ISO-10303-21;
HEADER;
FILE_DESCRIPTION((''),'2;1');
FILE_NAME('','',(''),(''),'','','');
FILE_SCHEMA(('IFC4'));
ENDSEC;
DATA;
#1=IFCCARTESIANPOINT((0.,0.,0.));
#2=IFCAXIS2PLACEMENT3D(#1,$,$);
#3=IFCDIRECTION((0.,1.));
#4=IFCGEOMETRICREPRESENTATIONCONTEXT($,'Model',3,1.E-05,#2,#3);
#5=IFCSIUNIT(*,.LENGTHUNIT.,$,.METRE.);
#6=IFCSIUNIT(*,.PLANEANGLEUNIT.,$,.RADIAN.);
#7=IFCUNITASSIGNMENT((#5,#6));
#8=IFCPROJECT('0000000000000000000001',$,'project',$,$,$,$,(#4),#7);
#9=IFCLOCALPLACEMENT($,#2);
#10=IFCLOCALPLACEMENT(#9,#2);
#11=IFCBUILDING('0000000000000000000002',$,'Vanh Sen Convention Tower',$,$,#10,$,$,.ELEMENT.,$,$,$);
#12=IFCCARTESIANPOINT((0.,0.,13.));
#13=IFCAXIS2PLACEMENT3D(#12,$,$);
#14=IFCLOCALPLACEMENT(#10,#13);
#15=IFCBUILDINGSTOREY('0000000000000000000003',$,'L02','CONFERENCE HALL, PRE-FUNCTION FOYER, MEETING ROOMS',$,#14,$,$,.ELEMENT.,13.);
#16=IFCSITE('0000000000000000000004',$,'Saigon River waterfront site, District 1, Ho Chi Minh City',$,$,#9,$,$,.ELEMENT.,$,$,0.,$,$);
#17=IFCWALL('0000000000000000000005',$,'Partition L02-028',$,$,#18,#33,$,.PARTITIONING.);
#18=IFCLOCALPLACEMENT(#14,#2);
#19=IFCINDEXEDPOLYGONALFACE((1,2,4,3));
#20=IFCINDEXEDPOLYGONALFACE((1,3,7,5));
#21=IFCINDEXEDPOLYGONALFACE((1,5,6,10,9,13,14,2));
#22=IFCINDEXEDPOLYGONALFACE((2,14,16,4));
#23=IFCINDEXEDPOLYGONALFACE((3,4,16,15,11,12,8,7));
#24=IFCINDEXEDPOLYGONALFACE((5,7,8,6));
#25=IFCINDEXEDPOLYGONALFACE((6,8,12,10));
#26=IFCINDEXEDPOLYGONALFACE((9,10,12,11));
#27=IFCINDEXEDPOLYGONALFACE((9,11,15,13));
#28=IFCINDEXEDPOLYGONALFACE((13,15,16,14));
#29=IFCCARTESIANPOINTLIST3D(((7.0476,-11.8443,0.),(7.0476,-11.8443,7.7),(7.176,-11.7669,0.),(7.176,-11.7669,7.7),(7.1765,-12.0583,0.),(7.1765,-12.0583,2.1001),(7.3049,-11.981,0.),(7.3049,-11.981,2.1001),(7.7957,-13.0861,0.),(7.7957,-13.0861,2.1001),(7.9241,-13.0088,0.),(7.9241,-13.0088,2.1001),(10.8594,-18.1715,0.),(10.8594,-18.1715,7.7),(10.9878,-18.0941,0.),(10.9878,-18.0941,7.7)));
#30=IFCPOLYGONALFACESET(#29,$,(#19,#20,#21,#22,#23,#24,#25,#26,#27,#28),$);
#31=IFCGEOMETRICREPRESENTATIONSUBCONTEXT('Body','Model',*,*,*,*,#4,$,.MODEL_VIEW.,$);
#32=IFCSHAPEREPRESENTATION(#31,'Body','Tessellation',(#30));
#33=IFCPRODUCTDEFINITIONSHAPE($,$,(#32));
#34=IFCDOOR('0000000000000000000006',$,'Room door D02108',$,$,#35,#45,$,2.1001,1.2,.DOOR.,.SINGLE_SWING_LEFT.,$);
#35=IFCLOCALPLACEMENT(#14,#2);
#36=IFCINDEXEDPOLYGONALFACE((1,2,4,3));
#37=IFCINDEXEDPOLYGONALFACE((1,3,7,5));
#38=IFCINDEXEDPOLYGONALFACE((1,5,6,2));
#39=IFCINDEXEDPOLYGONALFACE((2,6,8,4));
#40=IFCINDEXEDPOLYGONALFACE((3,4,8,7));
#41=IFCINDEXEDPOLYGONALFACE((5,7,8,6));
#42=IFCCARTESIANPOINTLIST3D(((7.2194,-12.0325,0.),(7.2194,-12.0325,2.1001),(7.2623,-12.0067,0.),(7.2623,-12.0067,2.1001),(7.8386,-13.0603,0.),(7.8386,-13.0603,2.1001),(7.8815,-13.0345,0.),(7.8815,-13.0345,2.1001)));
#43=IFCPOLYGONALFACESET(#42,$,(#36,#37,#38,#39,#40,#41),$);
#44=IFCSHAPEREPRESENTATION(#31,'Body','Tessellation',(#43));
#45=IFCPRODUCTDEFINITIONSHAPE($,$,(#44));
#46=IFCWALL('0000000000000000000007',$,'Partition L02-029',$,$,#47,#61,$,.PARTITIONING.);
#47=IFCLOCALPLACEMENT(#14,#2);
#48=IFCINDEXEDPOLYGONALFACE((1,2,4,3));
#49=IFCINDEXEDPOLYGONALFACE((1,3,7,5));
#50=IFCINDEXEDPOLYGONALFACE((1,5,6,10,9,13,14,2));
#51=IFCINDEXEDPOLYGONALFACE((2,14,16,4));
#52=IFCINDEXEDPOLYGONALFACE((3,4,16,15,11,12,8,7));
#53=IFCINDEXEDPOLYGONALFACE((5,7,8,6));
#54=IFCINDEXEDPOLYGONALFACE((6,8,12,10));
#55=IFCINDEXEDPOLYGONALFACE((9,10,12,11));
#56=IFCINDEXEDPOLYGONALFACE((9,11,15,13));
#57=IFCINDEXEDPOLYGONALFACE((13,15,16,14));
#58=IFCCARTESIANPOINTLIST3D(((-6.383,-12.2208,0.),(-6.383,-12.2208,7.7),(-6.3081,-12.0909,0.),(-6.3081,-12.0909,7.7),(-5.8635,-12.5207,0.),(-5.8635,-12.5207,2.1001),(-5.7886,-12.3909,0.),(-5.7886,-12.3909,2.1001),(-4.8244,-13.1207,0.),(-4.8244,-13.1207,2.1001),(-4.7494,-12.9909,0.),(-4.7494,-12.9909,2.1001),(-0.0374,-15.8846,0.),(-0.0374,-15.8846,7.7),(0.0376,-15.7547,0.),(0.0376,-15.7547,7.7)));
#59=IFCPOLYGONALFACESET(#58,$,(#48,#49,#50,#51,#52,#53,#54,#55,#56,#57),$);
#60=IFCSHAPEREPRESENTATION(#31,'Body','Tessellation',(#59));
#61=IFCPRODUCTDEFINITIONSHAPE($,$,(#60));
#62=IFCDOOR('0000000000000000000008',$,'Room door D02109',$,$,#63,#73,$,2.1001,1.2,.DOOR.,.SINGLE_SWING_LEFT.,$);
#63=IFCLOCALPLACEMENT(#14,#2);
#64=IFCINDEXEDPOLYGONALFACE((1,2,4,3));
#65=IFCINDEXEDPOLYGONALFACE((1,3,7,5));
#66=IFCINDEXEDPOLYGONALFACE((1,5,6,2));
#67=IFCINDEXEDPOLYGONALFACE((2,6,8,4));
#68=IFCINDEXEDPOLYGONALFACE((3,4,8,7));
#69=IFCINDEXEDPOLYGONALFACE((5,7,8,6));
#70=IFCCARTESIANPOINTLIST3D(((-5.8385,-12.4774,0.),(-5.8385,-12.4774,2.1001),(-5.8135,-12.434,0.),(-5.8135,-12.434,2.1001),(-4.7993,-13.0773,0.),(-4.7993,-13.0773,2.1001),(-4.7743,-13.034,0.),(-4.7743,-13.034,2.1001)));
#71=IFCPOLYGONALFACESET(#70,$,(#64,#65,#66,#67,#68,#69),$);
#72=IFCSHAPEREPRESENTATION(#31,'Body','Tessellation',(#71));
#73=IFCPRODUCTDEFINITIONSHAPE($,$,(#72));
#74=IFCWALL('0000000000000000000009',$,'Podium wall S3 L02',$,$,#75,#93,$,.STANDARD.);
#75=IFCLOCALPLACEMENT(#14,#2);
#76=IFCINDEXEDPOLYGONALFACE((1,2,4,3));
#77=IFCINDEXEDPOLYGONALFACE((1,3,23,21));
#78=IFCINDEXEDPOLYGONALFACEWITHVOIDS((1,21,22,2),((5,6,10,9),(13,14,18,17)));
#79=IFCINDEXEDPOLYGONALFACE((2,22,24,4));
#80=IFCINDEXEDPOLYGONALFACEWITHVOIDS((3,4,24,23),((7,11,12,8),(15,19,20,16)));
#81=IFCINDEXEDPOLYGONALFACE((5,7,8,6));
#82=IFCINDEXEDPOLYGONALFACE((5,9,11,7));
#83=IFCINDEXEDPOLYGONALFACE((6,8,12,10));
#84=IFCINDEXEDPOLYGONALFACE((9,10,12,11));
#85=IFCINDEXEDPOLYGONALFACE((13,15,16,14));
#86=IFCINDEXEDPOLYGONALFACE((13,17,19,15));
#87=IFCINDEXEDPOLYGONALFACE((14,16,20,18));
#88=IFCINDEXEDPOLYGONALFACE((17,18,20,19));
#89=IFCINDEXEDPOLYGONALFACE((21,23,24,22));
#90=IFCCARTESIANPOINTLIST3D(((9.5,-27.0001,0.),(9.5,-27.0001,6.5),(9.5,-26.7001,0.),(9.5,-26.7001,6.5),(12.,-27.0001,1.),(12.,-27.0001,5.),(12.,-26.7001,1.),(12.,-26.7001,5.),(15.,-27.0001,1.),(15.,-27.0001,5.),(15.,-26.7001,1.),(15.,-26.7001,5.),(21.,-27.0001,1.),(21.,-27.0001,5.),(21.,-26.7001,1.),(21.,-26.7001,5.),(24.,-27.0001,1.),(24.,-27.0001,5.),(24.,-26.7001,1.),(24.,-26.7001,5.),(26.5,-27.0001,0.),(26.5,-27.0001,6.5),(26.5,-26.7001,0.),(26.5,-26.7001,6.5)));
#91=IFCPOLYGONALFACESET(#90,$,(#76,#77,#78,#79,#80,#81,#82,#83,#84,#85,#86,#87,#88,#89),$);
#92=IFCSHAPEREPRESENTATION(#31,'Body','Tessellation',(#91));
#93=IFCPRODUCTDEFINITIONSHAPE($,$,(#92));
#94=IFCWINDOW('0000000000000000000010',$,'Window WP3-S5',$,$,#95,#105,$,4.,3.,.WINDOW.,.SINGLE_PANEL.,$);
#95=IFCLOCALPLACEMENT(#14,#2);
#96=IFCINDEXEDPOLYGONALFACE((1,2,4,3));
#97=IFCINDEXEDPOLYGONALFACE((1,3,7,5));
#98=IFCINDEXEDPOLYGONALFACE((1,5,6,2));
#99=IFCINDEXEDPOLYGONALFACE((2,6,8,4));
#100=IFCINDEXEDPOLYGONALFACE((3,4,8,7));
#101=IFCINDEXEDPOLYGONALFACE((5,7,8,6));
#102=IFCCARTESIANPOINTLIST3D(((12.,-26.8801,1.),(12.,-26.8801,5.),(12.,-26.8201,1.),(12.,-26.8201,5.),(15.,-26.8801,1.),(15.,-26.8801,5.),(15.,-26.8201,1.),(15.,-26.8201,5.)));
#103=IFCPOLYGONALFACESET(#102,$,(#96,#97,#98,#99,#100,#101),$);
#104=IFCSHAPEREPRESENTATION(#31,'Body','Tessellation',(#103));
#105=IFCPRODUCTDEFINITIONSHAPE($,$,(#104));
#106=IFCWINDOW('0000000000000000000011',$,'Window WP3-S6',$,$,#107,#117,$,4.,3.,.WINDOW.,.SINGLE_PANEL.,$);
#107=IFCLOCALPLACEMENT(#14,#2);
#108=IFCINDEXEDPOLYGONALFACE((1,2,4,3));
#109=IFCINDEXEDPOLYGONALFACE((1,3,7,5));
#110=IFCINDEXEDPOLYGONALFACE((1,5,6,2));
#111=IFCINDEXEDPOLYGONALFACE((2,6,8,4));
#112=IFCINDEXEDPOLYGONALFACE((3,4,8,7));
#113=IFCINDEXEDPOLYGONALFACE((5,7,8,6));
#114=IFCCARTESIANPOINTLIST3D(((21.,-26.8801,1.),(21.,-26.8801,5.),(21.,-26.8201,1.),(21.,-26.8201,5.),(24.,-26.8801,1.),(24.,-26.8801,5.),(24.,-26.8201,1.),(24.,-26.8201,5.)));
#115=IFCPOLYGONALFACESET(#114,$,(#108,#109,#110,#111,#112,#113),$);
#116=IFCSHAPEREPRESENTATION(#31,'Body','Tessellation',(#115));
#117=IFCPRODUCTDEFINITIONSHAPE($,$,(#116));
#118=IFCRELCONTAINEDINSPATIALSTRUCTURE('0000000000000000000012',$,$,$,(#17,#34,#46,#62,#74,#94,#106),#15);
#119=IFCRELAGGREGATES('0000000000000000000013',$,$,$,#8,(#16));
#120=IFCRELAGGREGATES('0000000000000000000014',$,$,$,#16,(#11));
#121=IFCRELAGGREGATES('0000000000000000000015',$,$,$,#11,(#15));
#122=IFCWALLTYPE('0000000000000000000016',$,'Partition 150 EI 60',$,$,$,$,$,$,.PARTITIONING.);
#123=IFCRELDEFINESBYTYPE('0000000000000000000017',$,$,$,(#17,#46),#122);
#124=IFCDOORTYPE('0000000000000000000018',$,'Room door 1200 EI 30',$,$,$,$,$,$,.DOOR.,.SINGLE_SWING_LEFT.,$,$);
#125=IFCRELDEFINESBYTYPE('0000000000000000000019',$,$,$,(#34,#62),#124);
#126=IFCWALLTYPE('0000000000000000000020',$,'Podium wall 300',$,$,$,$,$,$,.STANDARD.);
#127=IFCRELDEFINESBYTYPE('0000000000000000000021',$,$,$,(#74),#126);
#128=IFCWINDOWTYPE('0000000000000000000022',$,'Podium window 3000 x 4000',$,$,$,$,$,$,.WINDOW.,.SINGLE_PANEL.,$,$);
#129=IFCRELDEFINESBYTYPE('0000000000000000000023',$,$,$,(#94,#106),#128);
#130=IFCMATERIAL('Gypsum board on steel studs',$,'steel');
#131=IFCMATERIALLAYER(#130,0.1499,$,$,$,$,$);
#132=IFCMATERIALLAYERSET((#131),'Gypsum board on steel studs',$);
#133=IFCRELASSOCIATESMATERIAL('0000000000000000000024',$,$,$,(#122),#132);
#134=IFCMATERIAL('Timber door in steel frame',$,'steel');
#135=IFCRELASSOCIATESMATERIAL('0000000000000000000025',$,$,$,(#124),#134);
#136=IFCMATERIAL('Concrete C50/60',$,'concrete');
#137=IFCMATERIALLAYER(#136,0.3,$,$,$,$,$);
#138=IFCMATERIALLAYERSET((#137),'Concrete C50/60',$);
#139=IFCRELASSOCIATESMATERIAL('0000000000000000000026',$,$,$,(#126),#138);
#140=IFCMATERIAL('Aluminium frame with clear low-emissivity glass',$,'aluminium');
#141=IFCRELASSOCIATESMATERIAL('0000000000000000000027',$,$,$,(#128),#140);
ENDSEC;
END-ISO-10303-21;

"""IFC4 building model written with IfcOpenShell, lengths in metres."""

from ifc_helpers import new_model, si_unit, direction, frame, frame_2d, origin, place, context, subcontext, project, spatial, rectangle, extrude, material, layer, layer_set, type_object, element, fill, save


model = new_model("IFC4")

# Units and contexts
model_context = context("Model", 3, precision=1e-05, world=origin(), true_north=direction((0.0, 1.0)))
body_context = subcontext(model_context, "Body", "Model", "MODEL_VIEW")
ifc_project = project(units=[si_unit("LENGTHUNIT", "METRE"), si_unit("PLANEANGLEUNIT", "RADIAN")], contexts=[model_context])

# Site, building, storey
site_placement = place(None, origin())
site = spatial("IfcSite", under=ifc_project, at=site_placement, Name="Saigon River waterfront site, District 1, Ho Chi Minh City", CompositionType="ELEMENT", RefElevation=0.0)
building_placement = place(site_placement, origin())
building = spatial("IfcBuilding", under=site, at=building_placement, Name="Vanh Sen Convention Tower", CompositionType="ELEMENT")
storey_placement = place(building_placement, frame((0.0, 0.0, 13.0)))
storey = spatial("IfcBuildingStorey", under=building, at=storey_placement, Name="L02", Description="CONFERENCE HALL, PRE-FUNCTION FOYER, MEETING ROOMS", CompositionType="ELEMENT", Elevation=13.0)

# Shared definitions
ifc_material_1 = material(Name="Gypsum board on steel studs", Category="steel")
ifc_layer_1 = layer(ifc_material_1, 0.1499)
ifc_layer_set_1 = layer_set([ifc_layer_1], Name="Gypsum board on steel studs")
wall_type_1 = type_object("IfcWallType", Name="Partition 150 EI 60", PredefinedType="PARTITIONING", material=ifc_layer_set_1)

# Walls, openings, doors
wall_1_placement = place(storey_placement, frame((10.9236, -18.1328, 0.0), z_axis=(0.0, 0.0, 1.0), x_axis=(-0.516036, 0.856567, 0.0)))
wall_1 = element("IfcWall", 1, at=wall_1_placement, inside=storey, type_object=wall_type_1, Name="Partition L02-028", PredefinedType="PARTITIONING", context=body_context, shape_type="SweptSolid", body=[
    extrude(rectangle(XDim=7.3867, YDim=0.1499, at=frame_2d((3.6934, 0.0))), origin(), (0.0, 0.0, 1.0), 7.7),
])
opening_1_placement = place(wall_1_placement, frame((5.9368, 0.0, 0.0)))
opening_1 = element("IfcOpeningElement", 2, at=opening_1_placement, cuts=wall_1, PredefinedType="OPENING", context=body_context, shape_type="SweptSolid", body=[
    extrude(rectangle(XDim=1.2, YDim=2.1001, at=frame_2d((0.6001, 1.05))), frame((0.0, 0.085, 0.0), z_axis=(0.0, -1.0, 0.0), x_axis=(1.0, 0.0, 0.0)), (0.0, 0.0, 1.0), 0.1699),
])
ifc_material_2 = material(Name="Timber door in steel frame", Category="steel")
door_type = type_object("IfcDoorType", Name="Room door 1200 EI 30", OperationType="SINGLE_SWING_LEFT", PredefinedType="DOOR", material=ifc_material_2)
door_1_placement = place(opening_1_placement, origin())
door_1 = element("IfcDoor", 3, at=door_1_placement, inside=storey, type_object=door_type, Name="Room door D02108", OperationType="SINGLE_SWING_LEFT", OverallHeight=2.1001, OverallWidth=1.2, PredefinedType="DOOR", context=body_context, shape_type="SweptSolid", body=[
    extrude(rectangle(XDim=1.2, YDim=2.1001, at=frame_2d((0.6001, 1.05))), frame((0.0, 0.0249, 0.0), z_axis=(0.0, -1.0, 0.0), x_axis=(1.0, 0.0, 0.0)), (0.0, 0.0, 1.0), 0.05),
])
fill(opening_1, door_1)
wall_2_placement = place(storey_placement, frame((0.0, -15.8196, 0.0), z_axis=(0.0, 0.0, 1.0), x_axis=(-0.866018, 0.500013, 0.0)))
wall_2 = element("IfcWall", 4, at=wall_2_placement, inside=storey, type_object=wall_type_1, Name="Partition L02-029", PredefinedType="PARTITIONING", context=body_context, shape_type="SweptSolid", body=[
    extrude(rectangle(XDim=7.3274, YDim=0.1499, at=frame_2d((3.6636, 0.0))), origin(), (0.0, 0.0, 1.0), 7.7),
])
opening_2_placement = place(wall_2_placement, frame((5.5273, 0.0, 0.0)))
opening_2 = element("IfcOpeningElement", 5, at=opening_2_placement, cuts=wall_2, PredefinedType="OPENING", context=body_context, shape_type="SweptSolid", body=[
    extrude(rectangle(XDim=1.2, YDim=2.1001, at=frame_2d((0.6001, 1.05))), frame((0.0, 0.085, 0.0), z_axis=(0.0, -1.0, 0.0), x_axis=(1.0, 0.0, 0.0)), (0.0, 0.0, 1.0), 0.1699),
])
door_2_placement = place(opening_2_placement, origin())
door_2 = element("IfcDoor", 6, at=door_2_placement, inside=storey, type_object=door_type, Name="Room door D02109", OperationType="SINGLE_SWING_LEFT", OverallHeight=2.1001, OverallWidth=1.2, PredefinedType="DOOR", context=body_context, shape_type="SweptSolid", body=[
    extrude(rectangle(XDim=1.2, YDim=2.1001, at=frame_2d((0.6001, 1.05))), frame((0.0, 0.0249, 0.0), z_axis=(0.0, -1.0, 0.0), x_axis=(1.0, 0.0, 0.0)), (0.0, 0.0, 1.0), 0.05),
])
fill(opening_2, door_2)

# Wall, openings, windows
ifc_material_3 = material(Name="Concrete C50/60", Category="concrete")
ifc_layer_2 = layer(ifc_material_3, 0.3)
ifc_layer_set_2 = layer_set([ifc_layer_2], Name="Concrete C50/60")
wall_type_2 = type_object("IfcWallType", Name="Podium wall 300", PredefinedType="STANDARD", material=ifc_layer_set_2)
wall_3_placement = place(storey_placement, frame((9.5, -26.8501, 0.0), z_axis=(0.0, 0.0, 1.0), x_axis=(1.0, 0.0, 0.0)))
wall_3 = element("IfcWall", 7, at=wall_3_placement, inside=storey, type_object=wall_type_2, Name="Podium wall S3 L02", PredefinedType="STANDARD", context=body_context, shape_type="SweptSolid", body=[
    extrude(rectangle(XDim=17.0, YDim=0.3, at=frame_2d((8.5, 0.0))), origin(), (0.0, 0.0, 1.0), 6.5),
])
opening_3_placement = place(wall_3_placement, frame((2.5, 0.0, 1.0)))
opening_3 = element("IfcOpeningElement", 8, at=opening_3_placement, cuts=wall_3, PredefinedType="OPENING", context=body_context, shape_type="SweptSolid", body=[
    extrude(rectangle(XDim=3.0, YDim=4.0, at=frame_2d((1.5, 2.0))), frame((0.0, 0.1599, 0.0), z_axis=(0.0, -1.0, 0.0), x_axis=(1.0, 0.0, 0.0)), (0.0, 0.0, 1.0), 0.3201),
])
opening_4_placement = place(wall_3_placement, frame((11.5, 0.0, 1.0)))
opening_4 = element("IfcOpeningElement", 9, at=opening_4_placement, cuts=wall_3, PredefinedType="OPENING", context=body_context, shape_type="SweptSolid", body=[
    extrude(rectangle(XDim=3.0, YDim=4.0, at=frame_2d((1.5, 2.0))), frame((0.0, 0.1599, 0.0), z_axis=(0.0, -1.0, 0.0), x_axis=(1.0, 0.0, 0.0)), (0.0, 0.0, 1.0), 0.3201),
])
ifc_material_4 = material(Name="Aluminium frame with clear low-emissivity glass", Category="aluminium")
window_type = type_object("IfcWindowType", Name="Podium window 3000 x 4000", PartitioningType="SINGLE_PANEL", PredefinedType="WINDOW", material=ifc_material_4)
window_1_placement = place(opening_3_placement, origin())
window_1 = element("IfcWindow", 10, at=window_1_placement, inside=storey, type_object=window_type, Name="Window WP3-S5", OverallHeight=4.0, OverallWidth=3.0, PartitioningType="SINGLE_PANEL", PredefinedType="WINDOW", context=body_context, shape_type="SweptSolid", body=[
    extrude(rectangle(XDim=3.0, YDim=4.0, at=frame_2d((1.5, 2.0))), frame((0.0, 0.03, 0.0), z_axis=(0.0, -1.0, 0.0), x_axis=(1.0, 0.0, 0.0)), (0.0, 0.0, 1.0), 0.0601),
])
fill(opening_3, window_1)
window_2_placement = place(opening_4_placement, origin())
window_2 = element("IfcWindow", 11, at=window_2_placement, inside=storey, type_object=window_type, Name="Window WP3-S6", OverallHeight=4.0, OverallWidth=3.0, PartitioningType="SINGLE_PANEL", PredefinedType="WINDOW", context=body_context, shape_type="SweptSolid", body=[
    extrude(rectangle(XDim=3.0, YDim=4.0, at=frame_2d((1.5, 2.0))), frame((0.0, 0.03, 0.0), z_axis=(0.0, -1.0, 0.0), x_axis=(1.0, 0.0, 0.0)), (0.0, 0.0, 1.0), 0.0601),
])
fill(opening_4, window_2)

save(model, "model.ifc")
